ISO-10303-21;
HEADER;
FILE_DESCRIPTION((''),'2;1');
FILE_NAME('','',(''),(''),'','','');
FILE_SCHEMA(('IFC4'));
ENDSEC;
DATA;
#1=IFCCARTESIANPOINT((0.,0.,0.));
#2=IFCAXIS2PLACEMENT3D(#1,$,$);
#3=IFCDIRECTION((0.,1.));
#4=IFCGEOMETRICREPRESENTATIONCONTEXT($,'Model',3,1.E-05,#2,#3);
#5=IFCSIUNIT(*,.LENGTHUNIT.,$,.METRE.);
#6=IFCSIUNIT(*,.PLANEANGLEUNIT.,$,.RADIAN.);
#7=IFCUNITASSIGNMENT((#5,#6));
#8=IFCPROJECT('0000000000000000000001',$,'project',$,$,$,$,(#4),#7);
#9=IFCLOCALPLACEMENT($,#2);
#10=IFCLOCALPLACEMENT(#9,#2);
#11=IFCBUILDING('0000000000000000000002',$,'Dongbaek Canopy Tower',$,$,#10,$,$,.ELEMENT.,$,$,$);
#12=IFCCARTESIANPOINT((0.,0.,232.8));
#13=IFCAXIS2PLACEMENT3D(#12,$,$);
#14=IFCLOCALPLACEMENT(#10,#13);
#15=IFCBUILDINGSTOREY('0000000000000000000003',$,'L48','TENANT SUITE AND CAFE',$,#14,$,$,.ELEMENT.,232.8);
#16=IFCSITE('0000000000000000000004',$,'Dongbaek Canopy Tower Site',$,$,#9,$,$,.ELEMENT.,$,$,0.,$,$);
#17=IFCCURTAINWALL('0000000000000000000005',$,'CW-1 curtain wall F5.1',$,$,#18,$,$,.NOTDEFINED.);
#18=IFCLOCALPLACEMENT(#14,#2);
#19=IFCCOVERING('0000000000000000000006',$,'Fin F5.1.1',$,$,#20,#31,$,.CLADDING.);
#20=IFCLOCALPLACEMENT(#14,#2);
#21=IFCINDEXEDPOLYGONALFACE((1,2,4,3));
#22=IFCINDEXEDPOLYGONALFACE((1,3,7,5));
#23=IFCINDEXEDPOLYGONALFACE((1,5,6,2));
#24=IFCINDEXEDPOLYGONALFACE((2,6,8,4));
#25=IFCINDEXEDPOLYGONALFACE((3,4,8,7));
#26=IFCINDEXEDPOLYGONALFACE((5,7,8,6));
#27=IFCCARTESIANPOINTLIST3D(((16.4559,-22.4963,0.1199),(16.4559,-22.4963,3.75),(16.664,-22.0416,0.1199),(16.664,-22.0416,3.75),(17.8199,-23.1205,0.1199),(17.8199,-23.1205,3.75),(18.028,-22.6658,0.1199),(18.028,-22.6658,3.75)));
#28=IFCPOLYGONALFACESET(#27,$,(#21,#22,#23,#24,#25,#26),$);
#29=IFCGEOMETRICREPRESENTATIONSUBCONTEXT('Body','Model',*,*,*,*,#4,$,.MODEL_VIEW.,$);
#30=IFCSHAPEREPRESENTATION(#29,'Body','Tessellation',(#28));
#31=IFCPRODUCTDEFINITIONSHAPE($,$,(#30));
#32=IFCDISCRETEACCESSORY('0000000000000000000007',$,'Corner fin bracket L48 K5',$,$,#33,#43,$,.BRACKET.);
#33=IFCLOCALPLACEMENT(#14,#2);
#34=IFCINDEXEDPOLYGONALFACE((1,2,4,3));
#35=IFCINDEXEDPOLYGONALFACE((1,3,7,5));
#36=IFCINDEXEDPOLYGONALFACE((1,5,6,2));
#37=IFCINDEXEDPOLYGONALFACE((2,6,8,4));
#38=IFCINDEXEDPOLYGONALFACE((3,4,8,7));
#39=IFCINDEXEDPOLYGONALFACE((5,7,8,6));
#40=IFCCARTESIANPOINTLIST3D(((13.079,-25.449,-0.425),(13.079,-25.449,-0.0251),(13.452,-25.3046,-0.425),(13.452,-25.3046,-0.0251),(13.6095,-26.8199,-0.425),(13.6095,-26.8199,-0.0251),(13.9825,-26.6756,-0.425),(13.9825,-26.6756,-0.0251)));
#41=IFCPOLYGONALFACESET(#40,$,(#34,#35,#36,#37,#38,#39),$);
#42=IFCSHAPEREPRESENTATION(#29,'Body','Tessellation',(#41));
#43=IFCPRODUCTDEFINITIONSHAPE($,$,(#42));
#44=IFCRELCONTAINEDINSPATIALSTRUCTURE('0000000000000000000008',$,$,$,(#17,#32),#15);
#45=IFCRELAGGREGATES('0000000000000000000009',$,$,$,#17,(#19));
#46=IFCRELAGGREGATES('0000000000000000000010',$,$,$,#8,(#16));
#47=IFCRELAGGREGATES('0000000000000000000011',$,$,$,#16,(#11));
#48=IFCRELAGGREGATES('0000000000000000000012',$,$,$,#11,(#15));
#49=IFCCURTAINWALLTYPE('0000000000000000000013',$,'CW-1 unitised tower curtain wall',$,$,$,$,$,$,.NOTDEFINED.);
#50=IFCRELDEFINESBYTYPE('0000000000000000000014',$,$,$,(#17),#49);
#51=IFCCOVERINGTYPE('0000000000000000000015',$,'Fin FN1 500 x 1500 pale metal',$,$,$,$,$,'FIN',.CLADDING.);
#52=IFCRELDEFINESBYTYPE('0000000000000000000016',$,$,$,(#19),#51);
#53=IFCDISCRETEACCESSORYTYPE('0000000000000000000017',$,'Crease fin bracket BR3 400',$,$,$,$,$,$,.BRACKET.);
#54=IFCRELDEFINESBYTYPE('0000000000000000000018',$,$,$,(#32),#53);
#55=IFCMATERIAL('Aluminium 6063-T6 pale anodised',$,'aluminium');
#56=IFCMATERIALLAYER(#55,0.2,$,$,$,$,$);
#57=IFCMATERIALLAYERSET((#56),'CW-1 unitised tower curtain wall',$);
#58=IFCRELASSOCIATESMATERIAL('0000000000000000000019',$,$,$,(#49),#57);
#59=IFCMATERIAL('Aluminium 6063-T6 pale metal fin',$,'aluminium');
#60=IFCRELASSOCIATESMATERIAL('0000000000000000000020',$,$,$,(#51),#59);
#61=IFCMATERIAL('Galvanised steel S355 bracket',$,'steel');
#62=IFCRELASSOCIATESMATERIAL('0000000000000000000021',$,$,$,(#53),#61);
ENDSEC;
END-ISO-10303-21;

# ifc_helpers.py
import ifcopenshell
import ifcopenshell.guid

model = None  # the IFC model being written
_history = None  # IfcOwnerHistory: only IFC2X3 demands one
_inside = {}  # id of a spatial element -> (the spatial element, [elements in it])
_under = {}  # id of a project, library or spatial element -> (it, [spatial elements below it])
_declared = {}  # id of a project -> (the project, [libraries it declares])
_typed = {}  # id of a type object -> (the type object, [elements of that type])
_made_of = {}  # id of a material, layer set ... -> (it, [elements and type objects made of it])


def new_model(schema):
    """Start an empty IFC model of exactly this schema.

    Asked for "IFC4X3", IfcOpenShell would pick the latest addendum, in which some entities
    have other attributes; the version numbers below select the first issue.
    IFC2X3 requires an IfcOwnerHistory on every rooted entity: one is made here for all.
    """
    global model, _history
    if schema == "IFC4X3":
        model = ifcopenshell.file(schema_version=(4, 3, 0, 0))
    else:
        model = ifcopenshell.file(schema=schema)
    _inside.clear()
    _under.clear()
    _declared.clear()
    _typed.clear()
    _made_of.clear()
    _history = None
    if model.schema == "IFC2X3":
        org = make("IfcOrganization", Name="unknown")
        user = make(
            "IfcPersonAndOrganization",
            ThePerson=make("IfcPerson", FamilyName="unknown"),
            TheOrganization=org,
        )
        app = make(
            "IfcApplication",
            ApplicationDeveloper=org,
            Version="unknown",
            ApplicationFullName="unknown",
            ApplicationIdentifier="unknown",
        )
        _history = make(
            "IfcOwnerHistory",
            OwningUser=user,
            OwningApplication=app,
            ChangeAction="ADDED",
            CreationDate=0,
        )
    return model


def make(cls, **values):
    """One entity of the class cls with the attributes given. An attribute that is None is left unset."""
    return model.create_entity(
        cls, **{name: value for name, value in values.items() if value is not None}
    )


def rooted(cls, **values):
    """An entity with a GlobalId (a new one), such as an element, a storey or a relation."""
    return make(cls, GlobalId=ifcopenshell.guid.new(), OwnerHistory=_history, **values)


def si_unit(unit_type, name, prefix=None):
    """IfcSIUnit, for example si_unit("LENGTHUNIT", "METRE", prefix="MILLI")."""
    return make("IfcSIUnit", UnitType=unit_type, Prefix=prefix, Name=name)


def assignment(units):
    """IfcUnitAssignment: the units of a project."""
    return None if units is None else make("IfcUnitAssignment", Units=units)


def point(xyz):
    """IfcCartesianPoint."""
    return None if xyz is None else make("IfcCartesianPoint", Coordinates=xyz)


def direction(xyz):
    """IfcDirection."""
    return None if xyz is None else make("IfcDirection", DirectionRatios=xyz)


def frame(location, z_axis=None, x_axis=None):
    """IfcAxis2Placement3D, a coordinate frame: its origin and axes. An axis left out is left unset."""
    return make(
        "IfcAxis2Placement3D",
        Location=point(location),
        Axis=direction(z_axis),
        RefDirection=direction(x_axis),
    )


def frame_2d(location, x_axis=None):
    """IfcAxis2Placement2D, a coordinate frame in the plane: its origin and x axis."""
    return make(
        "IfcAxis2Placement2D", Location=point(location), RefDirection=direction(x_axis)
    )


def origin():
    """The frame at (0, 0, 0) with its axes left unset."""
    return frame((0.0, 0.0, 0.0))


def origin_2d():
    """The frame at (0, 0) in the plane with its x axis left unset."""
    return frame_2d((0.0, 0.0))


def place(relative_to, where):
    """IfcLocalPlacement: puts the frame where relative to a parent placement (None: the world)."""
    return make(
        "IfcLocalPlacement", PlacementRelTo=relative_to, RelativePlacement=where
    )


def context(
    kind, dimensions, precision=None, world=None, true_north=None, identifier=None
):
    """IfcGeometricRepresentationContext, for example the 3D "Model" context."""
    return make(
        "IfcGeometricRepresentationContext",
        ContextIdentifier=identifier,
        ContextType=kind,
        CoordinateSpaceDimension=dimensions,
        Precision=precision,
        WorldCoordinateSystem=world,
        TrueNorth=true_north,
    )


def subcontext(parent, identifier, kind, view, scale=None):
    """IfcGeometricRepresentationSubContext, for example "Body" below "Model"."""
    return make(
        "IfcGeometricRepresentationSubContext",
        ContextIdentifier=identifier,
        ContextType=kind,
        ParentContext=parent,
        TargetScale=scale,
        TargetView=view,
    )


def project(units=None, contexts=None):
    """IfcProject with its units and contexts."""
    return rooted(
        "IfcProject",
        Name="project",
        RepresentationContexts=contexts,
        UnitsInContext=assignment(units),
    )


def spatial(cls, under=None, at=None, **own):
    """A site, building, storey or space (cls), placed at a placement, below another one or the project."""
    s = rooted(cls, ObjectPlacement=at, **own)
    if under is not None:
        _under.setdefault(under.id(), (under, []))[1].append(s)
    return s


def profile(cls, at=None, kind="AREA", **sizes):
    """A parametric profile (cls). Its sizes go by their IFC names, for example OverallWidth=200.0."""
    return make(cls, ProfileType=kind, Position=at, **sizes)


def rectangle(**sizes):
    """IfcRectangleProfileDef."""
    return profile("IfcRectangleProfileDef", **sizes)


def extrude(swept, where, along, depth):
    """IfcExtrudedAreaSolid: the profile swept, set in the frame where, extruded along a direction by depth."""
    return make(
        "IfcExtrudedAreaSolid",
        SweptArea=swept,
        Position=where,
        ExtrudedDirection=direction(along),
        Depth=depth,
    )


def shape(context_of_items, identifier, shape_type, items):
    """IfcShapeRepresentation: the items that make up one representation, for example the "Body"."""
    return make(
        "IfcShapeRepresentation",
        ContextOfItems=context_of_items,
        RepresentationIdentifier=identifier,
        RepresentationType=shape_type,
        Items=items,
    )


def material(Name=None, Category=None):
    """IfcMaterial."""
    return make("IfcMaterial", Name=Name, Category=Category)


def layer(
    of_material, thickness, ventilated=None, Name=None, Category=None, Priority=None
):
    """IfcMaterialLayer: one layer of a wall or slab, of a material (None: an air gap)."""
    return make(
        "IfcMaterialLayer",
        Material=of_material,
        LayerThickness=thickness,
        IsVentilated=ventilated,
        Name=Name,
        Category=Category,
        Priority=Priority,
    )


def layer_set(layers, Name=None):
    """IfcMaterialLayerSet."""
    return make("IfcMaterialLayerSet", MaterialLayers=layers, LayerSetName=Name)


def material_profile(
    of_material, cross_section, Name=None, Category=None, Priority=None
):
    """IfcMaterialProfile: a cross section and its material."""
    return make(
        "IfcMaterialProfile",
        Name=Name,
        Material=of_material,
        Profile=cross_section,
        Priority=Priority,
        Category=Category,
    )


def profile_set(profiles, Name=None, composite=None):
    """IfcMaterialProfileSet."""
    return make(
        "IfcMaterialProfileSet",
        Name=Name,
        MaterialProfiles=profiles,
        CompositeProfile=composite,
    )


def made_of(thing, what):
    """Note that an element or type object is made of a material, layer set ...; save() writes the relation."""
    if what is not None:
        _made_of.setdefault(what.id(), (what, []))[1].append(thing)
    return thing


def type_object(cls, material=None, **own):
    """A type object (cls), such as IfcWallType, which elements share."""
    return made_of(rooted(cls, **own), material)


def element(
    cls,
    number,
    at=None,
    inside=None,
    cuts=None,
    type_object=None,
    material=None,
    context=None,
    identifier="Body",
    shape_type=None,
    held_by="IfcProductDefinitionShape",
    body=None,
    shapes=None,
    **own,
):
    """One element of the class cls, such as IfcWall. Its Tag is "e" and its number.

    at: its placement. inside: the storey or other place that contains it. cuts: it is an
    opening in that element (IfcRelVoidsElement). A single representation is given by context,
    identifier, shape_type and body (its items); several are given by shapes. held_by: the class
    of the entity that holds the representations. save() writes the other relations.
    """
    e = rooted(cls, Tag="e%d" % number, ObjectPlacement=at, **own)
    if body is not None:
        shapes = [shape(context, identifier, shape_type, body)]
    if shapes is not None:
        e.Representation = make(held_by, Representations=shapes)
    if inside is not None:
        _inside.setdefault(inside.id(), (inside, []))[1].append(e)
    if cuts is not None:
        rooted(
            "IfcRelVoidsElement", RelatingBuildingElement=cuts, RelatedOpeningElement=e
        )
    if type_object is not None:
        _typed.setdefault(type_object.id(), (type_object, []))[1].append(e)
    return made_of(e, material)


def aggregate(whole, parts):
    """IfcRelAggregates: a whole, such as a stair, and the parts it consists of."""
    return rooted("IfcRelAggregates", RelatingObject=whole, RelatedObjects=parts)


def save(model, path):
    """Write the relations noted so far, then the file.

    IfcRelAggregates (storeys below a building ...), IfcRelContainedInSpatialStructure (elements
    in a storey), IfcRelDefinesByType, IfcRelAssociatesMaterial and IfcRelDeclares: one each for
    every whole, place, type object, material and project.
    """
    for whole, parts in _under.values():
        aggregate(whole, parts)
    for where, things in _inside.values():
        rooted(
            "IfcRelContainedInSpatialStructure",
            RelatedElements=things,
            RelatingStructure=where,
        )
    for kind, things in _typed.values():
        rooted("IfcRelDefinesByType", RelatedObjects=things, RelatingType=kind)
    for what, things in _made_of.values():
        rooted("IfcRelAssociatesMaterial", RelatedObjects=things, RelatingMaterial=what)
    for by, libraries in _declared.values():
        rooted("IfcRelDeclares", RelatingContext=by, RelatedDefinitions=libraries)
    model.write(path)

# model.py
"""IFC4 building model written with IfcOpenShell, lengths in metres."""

from ifc_helpers import new_model, si_unit, direction, frame, origin, origin_2d, place, context, subcontext, project, spatial, rectangle, extrude, material, layer, layer_set, material_profile, profile_set, type_object, element, aggregate, save


model = new_model("IFC4")

# Units and contexts
model_context = context("Model", 3, precision=1e-05, world=origin(), true_north=direction((0.0, 1.0)))
body_context = subcontext(model_context, "Body", "Model", "MODEL_VIEW")
ifc_project = project(units=[si_unit("LENGTHUNIT", "METRE"), si_unit("PLANEANGLEUNIT", "RADIAN")], contexts=[model_context])

# Site, building, storey
site_placement = place(None, origin())
site = spatial("IfcSite", under=ifc_project, at=site_placement, Name="Dongbaek Canopy Tower Site", CompositionType="ELEMENT", RefElevation=0.0)
building_placement = place(site_placement, origin())
building = spatial("IfcBuilding", under=site, at=building_placement, Name="Dongbaek Canopy Tower", CompositionType="ELEMENT")
storey_placement = place(building_placement, frame((0.0, 0.0, 232.8)))
storey = spatial("IfcBuildingStorey", under=building, at=storey_placement, Name="L48", Description="TENANT SUITE AND CAFE", CompositionType="ELEMENT", Elevation=232.8)

# Curtain wall
ifc_material_1 = material(Name="Aluminium 6063-T6 pale anodised", Category="aluminium")
ifc_layer_1 = layer(ifc_material_1, 0.2)
ifc_layer_set_1 = layer_set([ifc_layer_1], Name="CW-1 unitised tower curtain wall")
curtain_wall_type = type_object("IfcCurtainWallType", Name="CW-1 unitised tower curtain wall", PredefinedType="NOTDEFINED", material=ifc_layer_set_1)
curtain_wall_1_placement = place(storey_placement, origin())
curtain_wall_1 = element("IfcCurtainWall", 1, at=curtain_wall_1_placement, inside=storey, type_object=curtain_wall_type, Name="CW-1 curtain wall F5.1", PredefinedType="NOTDEFINED")

# Covering
ifc_material_2 = material(Name="Aluminium 6063-T6 pale metal fin", Category="aluminium")
ifc_material_profile_1 = material_profile(ifc_material_2, rectangle(XDim=1.5, YDim=0.5, at=origin_2d()), Name="Fin FN1 500 x 1500 pale metal")
ifc_profile_set_1 = profile_set([ifc_material_profile_1], Name="Aluminium 6063-T6 pale metal fin")
covering_type_1 = type_object("IfcCoveringType", Name="Fin FN1 500 x 1500 pale metal", ElementType="FIN", PredefinedType="CLADDING", material=ifc_profile_set_1)
covering_1_placement = place(storey_placement, frame((17.2419, -22.5811, 0.1199), z_axis=(0.0, 0.0, 1.0), x_axis=(0.909313, -0.416113, 0.0)))
covering_1 = element("IfcCovering", 2, at=covering_1_placement, type_object=covering_type_1, Name="Fin F5.1.1", PredefinedType="CLADDING", context=body_context, shape_type="SweptSolid", body=[
    extrude(rectangle(XDim=1.5, YDim=0.5, at=origin_2d()), origin(), (0.0, 0.0, 1.0), 3.6301),
])
aggregate(curtain_wall_1, [covering_1])

# Discrete accessory
ifc_material_3 = material(Name="Galvanised steel S355 bracket", Category="steel")
discrete_accessory_type = type_object("IfcDiscreteAccessoryType", Name="Crease fin bracket BR3 400", PredefinedType="BRACKET", material=ifc_material_3)
discrete_accessory_placement = place(storey_placement, frame((13.5308, -26.0623, -0.425), z_axis=(0.0, 0.0, 1.0), x_axis=(0.360882, -0.932611, 0.0)))
element("IfcDiscreteAccessory", 3, at=discrete_accessory_placement, inside=storey, type_object=discrete_accessory_type, Name="Corner fin bracket L48 K5", PredefinedType="BRACKET", context=body_context, shape_type="SweptSolid", body=[
    extrude(rectangle(XDim=1.47, YDim=0.3999, at=origin_2d()), origin(), (0.0, 0.0, 1.0), 0.3999),
])

save(model, "model.ifc")
